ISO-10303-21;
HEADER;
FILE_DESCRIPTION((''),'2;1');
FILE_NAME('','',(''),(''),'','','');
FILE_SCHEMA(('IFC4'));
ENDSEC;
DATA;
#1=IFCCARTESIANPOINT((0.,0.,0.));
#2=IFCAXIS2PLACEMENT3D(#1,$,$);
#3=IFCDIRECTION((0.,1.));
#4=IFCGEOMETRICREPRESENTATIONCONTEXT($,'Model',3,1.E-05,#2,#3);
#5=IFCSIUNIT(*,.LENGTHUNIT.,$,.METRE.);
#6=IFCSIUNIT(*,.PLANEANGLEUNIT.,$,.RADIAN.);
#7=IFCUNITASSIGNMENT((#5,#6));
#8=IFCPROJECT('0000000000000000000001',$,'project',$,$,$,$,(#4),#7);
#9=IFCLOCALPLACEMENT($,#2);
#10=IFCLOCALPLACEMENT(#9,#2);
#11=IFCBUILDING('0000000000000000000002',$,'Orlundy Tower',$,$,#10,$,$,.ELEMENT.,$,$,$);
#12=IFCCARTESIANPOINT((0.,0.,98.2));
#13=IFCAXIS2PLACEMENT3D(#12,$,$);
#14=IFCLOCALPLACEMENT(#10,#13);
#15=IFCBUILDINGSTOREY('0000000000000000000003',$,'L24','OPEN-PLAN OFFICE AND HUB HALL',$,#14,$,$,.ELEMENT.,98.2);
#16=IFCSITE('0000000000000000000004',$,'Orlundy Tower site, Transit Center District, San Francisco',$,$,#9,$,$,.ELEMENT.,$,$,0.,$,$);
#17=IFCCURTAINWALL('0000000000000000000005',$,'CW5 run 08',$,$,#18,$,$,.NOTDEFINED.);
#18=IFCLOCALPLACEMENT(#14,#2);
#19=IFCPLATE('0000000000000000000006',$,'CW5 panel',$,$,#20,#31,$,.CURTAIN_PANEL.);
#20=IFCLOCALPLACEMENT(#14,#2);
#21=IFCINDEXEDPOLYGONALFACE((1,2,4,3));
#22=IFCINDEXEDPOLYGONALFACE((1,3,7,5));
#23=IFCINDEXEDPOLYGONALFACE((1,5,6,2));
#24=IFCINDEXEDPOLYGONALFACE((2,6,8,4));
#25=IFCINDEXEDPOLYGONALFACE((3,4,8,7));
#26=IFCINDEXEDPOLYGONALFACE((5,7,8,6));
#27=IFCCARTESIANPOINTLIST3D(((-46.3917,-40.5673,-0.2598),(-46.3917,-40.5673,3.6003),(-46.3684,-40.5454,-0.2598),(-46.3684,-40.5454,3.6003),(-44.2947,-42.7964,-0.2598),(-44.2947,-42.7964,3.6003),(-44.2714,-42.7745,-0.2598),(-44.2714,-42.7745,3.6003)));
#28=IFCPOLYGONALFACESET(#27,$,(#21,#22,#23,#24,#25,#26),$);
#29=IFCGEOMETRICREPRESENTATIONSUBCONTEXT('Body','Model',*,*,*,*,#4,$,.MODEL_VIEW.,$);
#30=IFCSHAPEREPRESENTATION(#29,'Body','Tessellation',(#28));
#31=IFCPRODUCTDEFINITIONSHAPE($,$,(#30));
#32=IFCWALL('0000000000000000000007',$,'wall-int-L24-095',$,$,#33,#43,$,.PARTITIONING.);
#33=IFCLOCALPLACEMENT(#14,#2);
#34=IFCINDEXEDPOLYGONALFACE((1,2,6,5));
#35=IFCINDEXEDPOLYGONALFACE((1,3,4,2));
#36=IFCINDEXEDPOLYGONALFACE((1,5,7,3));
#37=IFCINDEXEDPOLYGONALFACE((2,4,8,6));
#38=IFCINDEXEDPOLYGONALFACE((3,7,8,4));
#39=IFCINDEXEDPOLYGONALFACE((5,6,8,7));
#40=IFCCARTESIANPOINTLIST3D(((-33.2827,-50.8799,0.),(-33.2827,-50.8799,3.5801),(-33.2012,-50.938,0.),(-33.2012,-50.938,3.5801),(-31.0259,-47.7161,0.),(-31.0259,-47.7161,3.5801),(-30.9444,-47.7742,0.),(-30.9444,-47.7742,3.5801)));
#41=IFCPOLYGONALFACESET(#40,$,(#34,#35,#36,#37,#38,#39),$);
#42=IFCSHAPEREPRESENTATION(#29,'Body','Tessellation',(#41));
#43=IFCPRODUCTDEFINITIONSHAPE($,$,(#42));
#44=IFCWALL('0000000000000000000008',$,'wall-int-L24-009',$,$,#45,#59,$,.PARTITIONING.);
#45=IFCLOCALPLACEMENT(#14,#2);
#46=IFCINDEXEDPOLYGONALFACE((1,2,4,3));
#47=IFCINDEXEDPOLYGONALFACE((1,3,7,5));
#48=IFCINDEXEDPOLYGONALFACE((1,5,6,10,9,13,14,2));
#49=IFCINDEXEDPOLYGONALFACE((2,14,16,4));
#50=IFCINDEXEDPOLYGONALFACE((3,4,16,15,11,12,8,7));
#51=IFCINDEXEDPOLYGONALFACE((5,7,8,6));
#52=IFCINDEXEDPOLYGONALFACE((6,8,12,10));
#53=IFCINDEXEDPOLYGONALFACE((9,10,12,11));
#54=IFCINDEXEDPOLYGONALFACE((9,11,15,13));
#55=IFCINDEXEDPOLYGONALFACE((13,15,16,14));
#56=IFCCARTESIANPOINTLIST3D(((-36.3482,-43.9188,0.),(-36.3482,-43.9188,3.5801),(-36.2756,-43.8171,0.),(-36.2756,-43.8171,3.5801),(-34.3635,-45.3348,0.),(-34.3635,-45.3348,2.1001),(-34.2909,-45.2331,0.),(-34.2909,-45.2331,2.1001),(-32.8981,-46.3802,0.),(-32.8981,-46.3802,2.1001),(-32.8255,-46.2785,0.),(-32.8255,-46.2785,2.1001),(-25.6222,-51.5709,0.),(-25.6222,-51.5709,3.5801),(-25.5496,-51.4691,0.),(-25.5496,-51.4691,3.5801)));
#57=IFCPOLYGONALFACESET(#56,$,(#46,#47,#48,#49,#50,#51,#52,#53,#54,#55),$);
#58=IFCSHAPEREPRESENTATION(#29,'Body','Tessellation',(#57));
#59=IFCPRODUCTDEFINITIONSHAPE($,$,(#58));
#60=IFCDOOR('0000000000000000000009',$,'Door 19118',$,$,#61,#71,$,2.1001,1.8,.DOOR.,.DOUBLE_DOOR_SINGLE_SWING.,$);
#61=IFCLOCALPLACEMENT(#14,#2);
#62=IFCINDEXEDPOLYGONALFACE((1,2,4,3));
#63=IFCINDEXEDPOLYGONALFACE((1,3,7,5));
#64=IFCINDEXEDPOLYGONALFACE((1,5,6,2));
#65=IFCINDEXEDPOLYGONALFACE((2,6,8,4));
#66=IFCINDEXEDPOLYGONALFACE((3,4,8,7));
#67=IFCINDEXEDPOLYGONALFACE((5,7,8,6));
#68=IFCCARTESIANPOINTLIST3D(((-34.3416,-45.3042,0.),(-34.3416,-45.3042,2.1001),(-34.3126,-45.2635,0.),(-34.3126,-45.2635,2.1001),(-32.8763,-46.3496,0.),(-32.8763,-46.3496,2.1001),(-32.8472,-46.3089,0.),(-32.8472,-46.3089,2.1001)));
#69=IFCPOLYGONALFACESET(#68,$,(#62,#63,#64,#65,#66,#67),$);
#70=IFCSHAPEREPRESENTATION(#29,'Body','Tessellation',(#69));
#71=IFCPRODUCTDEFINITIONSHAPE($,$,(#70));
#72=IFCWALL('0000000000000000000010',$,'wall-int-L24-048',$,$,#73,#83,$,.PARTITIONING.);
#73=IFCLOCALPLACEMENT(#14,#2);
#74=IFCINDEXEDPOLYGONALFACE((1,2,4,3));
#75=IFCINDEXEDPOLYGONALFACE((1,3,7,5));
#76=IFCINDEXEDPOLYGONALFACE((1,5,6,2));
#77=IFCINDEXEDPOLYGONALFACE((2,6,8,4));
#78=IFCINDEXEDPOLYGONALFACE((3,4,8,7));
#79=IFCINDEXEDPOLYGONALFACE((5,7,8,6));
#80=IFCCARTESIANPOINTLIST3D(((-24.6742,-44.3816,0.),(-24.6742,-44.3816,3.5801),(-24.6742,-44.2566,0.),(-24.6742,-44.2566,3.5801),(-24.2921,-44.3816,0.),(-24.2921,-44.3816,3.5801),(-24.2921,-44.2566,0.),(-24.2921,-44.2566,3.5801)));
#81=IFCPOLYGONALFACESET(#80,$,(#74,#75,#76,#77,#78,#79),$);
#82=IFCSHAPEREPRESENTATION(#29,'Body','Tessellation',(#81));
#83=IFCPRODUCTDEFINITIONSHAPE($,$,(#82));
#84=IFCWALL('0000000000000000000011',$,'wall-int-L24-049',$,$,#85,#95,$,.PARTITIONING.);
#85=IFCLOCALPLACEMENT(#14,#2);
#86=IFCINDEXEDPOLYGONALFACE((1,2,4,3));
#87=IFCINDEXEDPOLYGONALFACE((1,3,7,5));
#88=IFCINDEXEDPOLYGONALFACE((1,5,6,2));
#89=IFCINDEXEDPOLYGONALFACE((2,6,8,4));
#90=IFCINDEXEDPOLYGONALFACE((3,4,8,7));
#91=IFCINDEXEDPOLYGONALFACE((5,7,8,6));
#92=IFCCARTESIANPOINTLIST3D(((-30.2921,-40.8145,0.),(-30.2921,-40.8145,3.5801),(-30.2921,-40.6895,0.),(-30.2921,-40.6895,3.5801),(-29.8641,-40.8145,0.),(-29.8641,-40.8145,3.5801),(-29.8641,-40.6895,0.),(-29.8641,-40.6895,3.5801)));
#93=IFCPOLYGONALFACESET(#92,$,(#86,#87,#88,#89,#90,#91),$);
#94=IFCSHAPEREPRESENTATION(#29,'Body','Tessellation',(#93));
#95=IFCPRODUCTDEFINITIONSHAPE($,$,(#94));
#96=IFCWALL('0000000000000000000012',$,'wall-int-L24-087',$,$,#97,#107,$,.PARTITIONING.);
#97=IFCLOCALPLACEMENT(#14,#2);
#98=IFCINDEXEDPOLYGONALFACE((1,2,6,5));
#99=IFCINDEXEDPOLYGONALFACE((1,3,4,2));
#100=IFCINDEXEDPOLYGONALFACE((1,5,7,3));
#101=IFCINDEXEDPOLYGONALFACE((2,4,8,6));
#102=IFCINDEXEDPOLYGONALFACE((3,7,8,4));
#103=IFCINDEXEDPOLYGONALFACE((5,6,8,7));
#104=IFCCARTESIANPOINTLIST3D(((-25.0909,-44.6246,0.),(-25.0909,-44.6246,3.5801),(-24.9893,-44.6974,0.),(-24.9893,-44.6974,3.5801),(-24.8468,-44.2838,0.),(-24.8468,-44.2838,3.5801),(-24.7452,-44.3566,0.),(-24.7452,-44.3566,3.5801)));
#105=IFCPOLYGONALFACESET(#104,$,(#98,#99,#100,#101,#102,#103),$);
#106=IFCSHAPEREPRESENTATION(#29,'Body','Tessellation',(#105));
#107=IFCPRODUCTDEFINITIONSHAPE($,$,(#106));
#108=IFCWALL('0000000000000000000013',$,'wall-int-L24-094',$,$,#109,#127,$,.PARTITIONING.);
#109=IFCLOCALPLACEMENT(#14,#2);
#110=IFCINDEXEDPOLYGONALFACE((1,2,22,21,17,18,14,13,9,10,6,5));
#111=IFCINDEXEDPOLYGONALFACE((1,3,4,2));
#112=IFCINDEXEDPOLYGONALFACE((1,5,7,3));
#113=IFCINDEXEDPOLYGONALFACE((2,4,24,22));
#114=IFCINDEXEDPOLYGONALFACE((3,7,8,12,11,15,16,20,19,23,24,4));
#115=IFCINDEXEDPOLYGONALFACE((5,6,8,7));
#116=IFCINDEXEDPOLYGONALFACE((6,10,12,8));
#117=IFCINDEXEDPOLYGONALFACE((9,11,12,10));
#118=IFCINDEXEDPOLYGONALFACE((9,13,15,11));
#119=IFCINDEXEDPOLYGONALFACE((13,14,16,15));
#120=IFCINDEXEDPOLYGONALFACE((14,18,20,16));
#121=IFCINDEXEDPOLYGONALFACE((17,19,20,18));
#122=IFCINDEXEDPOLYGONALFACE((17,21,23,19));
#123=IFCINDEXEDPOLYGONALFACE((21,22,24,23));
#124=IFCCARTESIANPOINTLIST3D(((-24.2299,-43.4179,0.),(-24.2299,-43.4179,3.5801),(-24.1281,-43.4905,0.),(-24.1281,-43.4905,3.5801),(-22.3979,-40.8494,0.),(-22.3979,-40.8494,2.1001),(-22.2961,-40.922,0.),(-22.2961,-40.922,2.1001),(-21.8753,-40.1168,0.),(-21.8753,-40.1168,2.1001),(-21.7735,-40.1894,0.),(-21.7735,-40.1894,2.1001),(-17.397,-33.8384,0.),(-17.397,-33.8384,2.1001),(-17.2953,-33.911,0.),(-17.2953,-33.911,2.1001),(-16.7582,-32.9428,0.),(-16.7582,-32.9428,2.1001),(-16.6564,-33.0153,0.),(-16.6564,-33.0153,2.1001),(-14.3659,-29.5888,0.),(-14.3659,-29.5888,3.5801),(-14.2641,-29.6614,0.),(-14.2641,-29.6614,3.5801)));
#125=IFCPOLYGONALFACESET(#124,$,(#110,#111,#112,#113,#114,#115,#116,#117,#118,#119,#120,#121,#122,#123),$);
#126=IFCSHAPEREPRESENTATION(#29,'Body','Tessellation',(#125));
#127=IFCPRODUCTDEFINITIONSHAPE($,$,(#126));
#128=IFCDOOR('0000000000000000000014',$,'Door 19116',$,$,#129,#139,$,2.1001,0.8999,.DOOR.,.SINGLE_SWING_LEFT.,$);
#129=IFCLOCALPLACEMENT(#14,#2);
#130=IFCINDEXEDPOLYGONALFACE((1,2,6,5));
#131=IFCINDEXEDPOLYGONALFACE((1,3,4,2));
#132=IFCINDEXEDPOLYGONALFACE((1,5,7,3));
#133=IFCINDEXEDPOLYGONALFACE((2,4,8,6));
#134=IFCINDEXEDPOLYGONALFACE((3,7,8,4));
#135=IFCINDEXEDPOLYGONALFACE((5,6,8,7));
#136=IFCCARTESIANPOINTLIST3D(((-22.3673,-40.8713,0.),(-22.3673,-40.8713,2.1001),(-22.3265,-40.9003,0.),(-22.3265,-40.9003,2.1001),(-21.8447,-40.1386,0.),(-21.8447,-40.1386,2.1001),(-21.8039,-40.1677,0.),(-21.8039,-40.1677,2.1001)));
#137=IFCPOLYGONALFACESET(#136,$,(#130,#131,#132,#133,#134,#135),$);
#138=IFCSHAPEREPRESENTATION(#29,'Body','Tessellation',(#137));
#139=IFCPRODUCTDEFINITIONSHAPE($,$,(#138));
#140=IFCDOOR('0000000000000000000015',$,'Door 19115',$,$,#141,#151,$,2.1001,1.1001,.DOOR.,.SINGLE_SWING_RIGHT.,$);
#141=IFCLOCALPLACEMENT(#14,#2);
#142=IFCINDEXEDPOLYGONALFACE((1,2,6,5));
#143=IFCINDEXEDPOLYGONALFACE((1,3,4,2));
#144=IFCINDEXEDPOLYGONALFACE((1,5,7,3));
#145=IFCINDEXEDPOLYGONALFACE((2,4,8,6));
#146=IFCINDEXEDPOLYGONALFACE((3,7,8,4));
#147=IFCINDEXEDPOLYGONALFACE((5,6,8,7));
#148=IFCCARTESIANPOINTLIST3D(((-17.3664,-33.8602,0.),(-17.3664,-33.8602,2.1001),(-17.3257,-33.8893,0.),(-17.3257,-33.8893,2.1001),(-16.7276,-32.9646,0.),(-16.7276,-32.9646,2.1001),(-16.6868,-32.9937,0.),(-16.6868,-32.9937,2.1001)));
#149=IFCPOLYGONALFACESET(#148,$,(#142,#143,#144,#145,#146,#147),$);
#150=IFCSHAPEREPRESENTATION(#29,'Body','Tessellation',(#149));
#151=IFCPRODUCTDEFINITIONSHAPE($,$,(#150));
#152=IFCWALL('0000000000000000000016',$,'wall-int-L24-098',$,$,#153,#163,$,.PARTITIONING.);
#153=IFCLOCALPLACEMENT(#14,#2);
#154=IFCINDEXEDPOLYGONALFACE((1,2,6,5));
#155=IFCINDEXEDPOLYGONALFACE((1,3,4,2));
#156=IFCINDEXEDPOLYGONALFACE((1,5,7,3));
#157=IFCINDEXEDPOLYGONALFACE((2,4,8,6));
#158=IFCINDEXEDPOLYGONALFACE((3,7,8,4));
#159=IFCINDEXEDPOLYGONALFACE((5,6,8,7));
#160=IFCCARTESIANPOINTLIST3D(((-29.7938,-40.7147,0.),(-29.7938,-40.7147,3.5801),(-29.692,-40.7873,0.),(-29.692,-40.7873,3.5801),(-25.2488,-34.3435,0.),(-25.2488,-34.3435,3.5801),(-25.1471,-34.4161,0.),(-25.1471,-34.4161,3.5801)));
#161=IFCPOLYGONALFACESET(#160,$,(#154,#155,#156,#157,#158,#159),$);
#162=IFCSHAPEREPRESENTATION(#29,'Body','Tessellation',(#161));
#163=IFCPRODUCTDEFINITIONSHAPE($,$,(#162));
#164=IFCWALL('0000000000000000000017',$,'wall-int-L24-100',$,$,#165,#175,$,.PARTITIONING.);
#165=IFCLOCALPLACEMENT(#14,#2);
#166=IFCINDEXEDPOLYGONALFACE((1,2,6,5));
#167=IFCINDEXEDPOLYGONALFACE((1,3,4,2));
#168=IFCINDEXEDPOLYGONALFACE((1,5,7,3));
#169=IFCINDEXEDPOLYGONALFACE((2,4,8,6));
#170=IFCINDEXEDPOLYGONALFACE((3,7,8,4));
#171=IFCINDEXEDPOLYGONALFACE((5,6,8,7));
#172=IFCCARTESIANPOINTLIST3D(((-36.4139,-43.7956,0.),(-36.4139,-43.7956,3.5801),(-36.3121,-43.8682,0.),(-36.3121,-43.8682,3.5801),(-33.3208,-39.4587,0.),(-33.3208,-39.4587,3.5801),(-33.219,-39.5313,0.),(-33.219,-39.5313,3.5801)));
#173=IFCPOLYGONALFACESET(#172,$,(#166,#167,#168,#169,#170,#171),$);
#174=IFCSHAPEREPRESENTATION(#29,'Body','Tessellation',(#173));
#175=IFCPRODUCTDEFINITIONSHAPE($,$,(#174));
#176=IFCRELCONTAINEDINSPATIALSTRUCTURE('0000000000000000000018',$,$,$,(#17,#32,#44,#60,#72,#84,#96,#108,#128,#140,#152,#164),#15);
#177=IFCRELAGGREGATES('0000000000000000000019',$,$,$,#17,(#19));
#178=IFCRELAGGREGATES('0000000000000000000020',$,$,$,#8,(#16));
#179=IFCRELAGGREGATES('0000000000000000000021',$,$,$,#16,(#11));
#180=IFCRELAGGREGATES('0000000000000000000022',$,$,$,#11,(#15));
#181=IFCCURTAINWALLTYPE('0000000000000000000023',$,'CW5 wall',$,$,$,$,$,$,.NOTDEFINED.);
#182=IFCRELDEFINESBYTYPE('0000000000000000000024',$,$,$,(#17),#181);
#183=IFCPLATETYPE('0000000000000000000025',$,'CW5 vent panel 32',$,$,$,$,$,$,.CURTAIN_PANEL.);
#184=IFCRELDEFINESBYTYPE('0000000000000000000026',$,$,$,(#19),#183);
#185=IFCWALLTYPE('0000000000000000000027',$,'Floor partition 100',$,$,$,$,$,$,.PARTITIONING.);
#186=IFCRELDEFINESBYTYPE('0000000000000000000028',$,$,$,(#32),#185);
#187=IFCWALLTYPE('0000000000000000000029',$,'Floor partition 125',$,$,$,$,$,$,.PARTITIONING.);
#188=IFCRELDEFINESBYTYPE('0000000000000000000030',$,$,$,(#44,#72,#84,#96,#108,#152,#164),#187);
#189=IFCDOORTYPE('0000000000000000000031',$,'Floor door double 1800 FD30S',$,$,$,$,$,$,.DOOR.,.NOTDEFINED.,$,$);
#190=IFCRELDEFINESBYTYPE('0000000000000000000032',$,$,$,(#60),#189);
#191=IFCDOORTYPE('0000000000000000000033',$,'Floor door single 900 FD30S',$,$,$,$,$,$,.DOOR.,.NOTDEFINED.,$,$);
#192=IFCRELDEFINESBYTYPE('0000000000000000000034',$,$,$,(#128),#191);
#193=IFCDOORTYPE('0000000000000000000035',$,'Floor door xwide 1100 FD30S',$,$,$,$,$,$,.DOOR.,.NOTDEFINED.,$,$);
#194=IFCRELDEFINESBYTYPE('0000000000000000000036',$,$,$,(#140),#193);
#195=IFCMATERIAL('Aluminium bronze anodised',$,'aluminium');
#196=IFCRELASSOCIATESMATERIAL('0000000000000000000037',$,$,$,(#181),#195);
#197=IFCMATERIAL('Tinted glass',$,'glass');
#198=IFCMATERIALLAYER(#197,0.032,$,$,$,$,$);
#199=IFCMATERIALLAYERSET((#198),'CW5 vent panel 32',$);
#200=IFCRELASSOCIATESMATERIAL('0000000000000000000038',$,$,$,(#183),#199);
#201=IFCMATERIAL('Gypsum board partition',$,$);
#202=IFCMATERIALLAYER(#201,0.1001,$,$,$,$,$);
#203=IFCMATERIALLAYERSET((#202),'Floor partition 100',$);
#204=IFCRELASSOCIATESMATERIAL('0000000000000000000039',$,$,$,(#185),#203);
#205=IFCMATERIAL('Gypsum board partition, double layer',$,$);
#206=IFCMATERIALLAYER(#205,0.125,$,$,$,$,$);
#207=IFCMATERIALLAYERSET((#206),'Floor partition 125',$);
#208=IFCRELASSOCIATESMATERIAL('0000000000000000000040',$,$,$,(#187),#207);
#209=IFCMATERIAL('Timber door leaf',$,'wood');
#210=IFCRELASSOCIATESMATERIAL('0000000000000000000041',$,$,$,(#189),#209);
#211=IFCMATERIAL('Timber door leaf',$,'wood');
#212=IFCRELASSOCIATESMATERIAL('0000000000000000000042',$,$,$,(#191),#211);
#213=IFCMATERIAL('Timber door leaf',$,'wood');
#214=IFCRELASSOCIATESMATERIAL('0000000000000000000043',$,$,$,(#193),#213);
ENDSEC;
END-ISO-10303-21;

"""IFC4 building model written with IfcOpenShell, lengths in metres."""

from ifc_helpers import new_model, si_unit, direction, frame, frame_2d, origin, origin_2d, place, context, subcontext, project, spatial, rectangle, extrude, material, layer, layer_set, type_object, element, fill, aggregate, save


model = new_model("IFC4")

# Units and contexts
model_context = context("Model", 3, precision=1e-05, world=origin(), true_north=direction((0.0, 1.0)))
body_context = subcontext(model_context, "Body", "Model", "MODEL_VIEW")
ifc_project = project(units=[si_unit("LENGTHUNIT", "METRE"), si_unit("PLANEANGLEUNIT", "RADIAN")], contexts=[model_context])

# Site, building, storey
site_placement = place(None, origin())
site = spatial("IfcSite", under=ifc_project, at=site_placement, Name="Orlundy Tower site, Transit Center District, San Francisco", CompositionType="ELEMENT", RefElevation=0.0)
building_placement = place(site_placement, origin())
building = spatial("IfcBuilding", under=site, at=building_placement, Name="Orlundy Tower", CompositionType="ELEMENT")
storey_placement = place(building_placement, frame((0.0, 0.0, 98.2)))
storey = spatial("IfcBuildingStorey", under=building, at=storey_placement, Name="L24", Description="OPEN-PLAN OFFICE AND HUB HALL", CompositionType="ELEMENT", Elevation=98.2)

# Shared definitions
ifc_material_1 = material(Name="Aluminium bronze anodised", Category="aluminium")
curtain_wall_type = type_object("IfcCurtainWallType", Name="CW5 wall", PredefinedType="NOTDEFINED", material=ifc_material_1)

# Curtain wall
curtain_wall_1_placement = place(storey_placement, origin())
curtain_wall_1 = element("IfcCurtainWall", 1, at=curtain_wall_1_placement, inside=storey, type_object=curtain_wall_type, Name="CW5 run 08", PredefinedType="NOTDEFINED")

# Plate
ifc_material_2 = material(Name="Tinted glass", Category="glass")
ifc_layer_1 = layer(ifc_material_2, 0.032)
ifc_layer_set_1 = layer_set([ifc_layer_1], Name="CW5 vent panel 32")
plate_type_1 = type_object("IfcPlateType", Name="CW5 vent panel 32", PredefinedType="CURTAIN_PANEL", material=ifc_layer_set_1)
plate_1_placement = place(storey_placement, frame((-45.3315, -41.6709, -0.2598), z_axis=(0.0, 0.0, 1.0), x_axis=(-0.685196, 0.728358, 0.0)))
plate_1 = element("IfcPlate", 2, at=plate_1_placement, type_object=plate_type_1, Name="CW5 panel", PredefinedType="CURTAIN_PANEL", context=body_context, shape_type="SweptSolid", body=[
    extrude(rectangle(XDim=3.0605, YDim=0.032, at=origin_2d()), origin(), (0.0, 0.0, 1.0), 3.8601),
])
aggregate(curtain_wall_1, [plate_1])

# Wall
ifc_material_3 = material(Name="Gypsum board partition")
ifc_layer_2 = layer(ifc_material_3, 0.1001)
ifc_layer_set_2 = layer_set([ifc_layer_2], Name="Floor partition 100")
wall_type_1 = type_object("IfcWallType", Name="Floor partition 100", PredefinedType="PARTITIONING", material=ifc_layer_set_2)
wall_1_placement = place(storey_placement, frame((-33.2419, -50.9089, 0.0), z_axis=(0.0, 0.0, 1.0), x_axis=(0.580721, 0.814103, 0.0)))
element("IfcWall", 3, at=wall_1_placement, inside=storey, type_object=wall_type_1, Name="wall-int-L24-095", PredefinedType="PARTITIONING", context=body_context, shape_type="SweptSolid", body=[
    extrude(rectangle(XDim=3.8862, YDim=0.1001, at=frame_2d((1.9431, 0.0))), origin(), (0.0, 0.0, 1.0), 3.5801),
])

# Wall, opening, door
ifc_material_4 = material(Name="Gypsum board partition, double layer")
ifc_layer_3 = layer(ifc_material_4, 0.125)
ifc_layer_set_3 = layer_set([ifc_layer_3], Name="Floor partition 125")
wall_type_2 = type_object("IfcWallType", Name="Floor partition 125", PredefinedType="PARTITIONING", material=ifc_layer_set_3)
wall_2_placement = place(storey_placement, frame((-25.5859, -51.52, 0.0), z_axis=(0.0, 0.0, 1.0), x_axis=(-0.81407, 0.580767, 0.0)))
wall_2 = element("IfcWall", 4, at=wall_2_placement, inside=storey, type_object=wall_type_2, Name="wall-int-L24-009", PredefinedType="PARTITIONING", context=body_context, shape_type="SweptSolid", body=[
    extrude(rectangle(XDim=13.1758, YDim=0.125, at=frame_2d((6.5879, 0.0))), origin(), (0.0, 0.0, 1.0), 3.5801),
])
opening_1_placement = place(wall_2_placement, frame((8.9377, 0.0, 0.0)))
opening_1 = element("IfcOpeningElement", 5, at=opening_1_placement, cuts=wall_2, PredefinedType="OPENING", context=body_context, shape_type="SweptSolid", body=[
    extrude(rectangle(XDim=1.8, YDim=2.1001, at=frame_2d((0.8999, 1.05))), frame((0.0, 0.0725, 0.0), z_axis=(0.0, -1.0, 0.0), x_axis=(1.0, 0.0, 0.0)), (0.0, 0.0, 1.0), 0.145),
])
ifc_material_5 = material(Name="Timber door leaf", Category="wood")
door_type_1 = type_object("IfcDoorType", Name="Floor door double 1800 FD30S", OperationType="NOTDEFINED", PredefinedType="DOOR", material=ifc_material_5)
door_1_placement = place(opening_1_placement, origin())
door_1 = element("IfcDoor", 6, at=door_1_placement, inside=storey, type_object=door_type_1, Name="Door 19118", OperationType="DOUBLE_DOOR_SINGLE_SWING", OverallHeight=2.1001, OverallWidth=1.8, PredefinedType="DOOR", context=body_context, shape_type="SweptSolid", body=[
    extrude(rectangle(XDim=1.8, YDim=2.1001, at=frame_2d((0.8999, 1.05))), frame((0.0, 0.0249, 0.0), z_axis=(0.0, -1.0, 0.0), x_axis=(1.0, 0.0, 0.0)), (0.0, 0.0, 1.0), 0.05),
])
fill(opening_1, door_1)

# Walls
wall_3_placement = place(storey_placement, frame((-24.6741, -44.3191, 0.0), z_axis=(0.0, 0.0, 1.0), x_axis=(1.0, 0.0, 0.0)))
element("IfcWall", 7, at=wall_3_placement, inside=storey, type_object=wall_type_2, Name="wall-int-L24-048", PredefinedType="PARTITIONING", context=body_context, shape_type="SweptSolid", body=[
    extrude(rectangle(XDim=0.3821, YDim=0.125, at=frame_2d((0.1909, 0.0))), origin(), (0.0, 0.0, 1.0), 3.5801),
])
wall_4_placement = place(storey_placement, frame((-30.292, -40.752, 0.0), z_axis=(0.0, 0.0, 1.0), x_axis=(1.0, 0.0, 0.0)))
element("IfcWall", 8, at=wall_4_placement, inside=storey, type_object=wall_type_2, Name="wall-int-L24-049", PredefinedType="PARTITIONING", context=body_context, shape_type="SweptSolid", body=[
    extrude(rectangle(XDim=0.428, YDim=0.125, at=frame_2d((0.2139, 0.0))), origin(), (0.0, 0.0, 1.0), 3.5801),
])
wall_5_placement = place(storey_placement, frame((-25.04, -44.6609, 0.0), z_axis=(0.0, 0.0, 1.0), x_axis=(0.582339, 0.812946, 0.0)))
element("IfcWall", 9, at=wall_5_placement, inside=storey, type_object=wall_type_2, Name="wall-int-L24-087", PredefinedType="PARTITIONING", context=body_context, shape_type="SweptSolid", body=[
    extrude(rectangle(XDim=0.4192, YDim=0.125, at=frame_2d((0.2095, 0.0))), origin(), (0.0, 0.0, 1.0), 3.5801),
])

# Wall, openings, doors
wall_6_placement = place(storey_placement, frame((-24.179, -43.4541, 0.0), z_axis=(0.0, 0.0, 1.0), x_axis=(0.580696, 0.814121, 0.0)))
wall_6 = element("IfcWall", 10, at=wall_6_placement, inside=storey, type_object=wall_type_2, Name="wall-int-L24-094", PredefinedType="PARTITIONING", context=body_context, shape_type="SweptSolid", body=[
    extrude(rectangle(XDim=16.9866, YDim=0.125, at=frame_2d((8.4932, 0.0))), origin(), (0.0, 0.0, 1.0), 3.5801),
])
opening_2_placement = place(wall_6_placement, frame((11.7666, 0.0, 0.0)))
opening_2 = element("IfcOpeningElement", 11, at=opening_2_placement, cuts=wall_6, PredefinedType="OPENING", context=body_context, shape_type="SweptSolid", body=[
    extrude(rectangle(XDim=1.1001, YDim=2.1001, at=frame_2d((0.55, 1.05))), frame((0.0, 0.0725, 0.0), z_axis=(0.0, -1.0, 0.0), x_axis=(1.0, 0.0, 0.0)), (0.0, 0.0, 1.0), 0.145),
])
opening_3_placement = place(wall_6_placement, frame((3.1548, 0.0, 0.0)))
opening_3 = element("IfcOpeningElement", 12, at=opening_3_placement, cuts=wall_6, PredefinedType="OPENING", context=body_context, shape_type="SweptSolid", body=[
    extrude(rectangle(XDim=0.8999, YDim=2.1001, at=frame_2d((0.45, 1.05))), frame((0.0, 0.0725, 0.0), z_axis=(0.0, -1.0, 0.0), x_axis=(1.0, 0.0, 0.0)), (0.0, 0.0, 1.0), 0.145),
])
ifc_material_6 = material(Name="Timber door leaf", Category="wood")
door_type_2 = type_object("IfcDoorType", Name="Floor door single 900 FD30S", OperationType="NOTDEFINED", PredefinedType="DOOR", material=ifc_material_6)
door_2_placement = place(opening_3_placement, origin())
door_2 = element("IfcDoor", 13, at=door_2_placement, inside=storey, type_object=door_type_2, Name="Door 19116", OperationType="SINGLE_SWING_LEFT", OverallHeight=2.1001, OverallWidth=0.8999, PredefinedType="DOOR", context=body_context, shape_type="SweptSolid", body=[
    extrude(rectangle(XDim=0.8999, YDim=2.1001, at=frame_2d((0.45, 1.05))), frame((0.0, 0.0249, 0.0), z_axis=(0.0, -1.0, 0.0), x_axis=(1.0, 0.0, 0.0)), (0.0, 0.0, 1.0), 0.05),
])
fill(opening_3, door_2)
ifc_material_7 = material(Name="Timber door leaf", Category="wood")
door_type_3 = type_object("IfcDoorType", Name="Floor door xwide 1100 FD30S", OperationType="NOTDEFINED", PredefinedType="DOOR", material=ifc_material_7)
door_3_placement = place(opening_2_placement, origin())
door_3 = element("IfcDoor", 14, at=door_3_placement, inside=storey, type_object=door_type_3, Name="Door 19115", OperationType="SINGLE_SWING_RIGHT", OverallHeight=2.1001, OverallWidth=1.1001, PredefinedType="DOOR", context=body_context, shape_type="SweptSolid", body=[
    extrude(rectangle(XDim=1.1001, YDim=2.1001, at=frame_2d((0.55, 1.05))), frame((0.0, 0.0249, 0.0), z_axis=(0.0, -1.0, 0.0), x_axis=(1.0, 0.0, 0.0)), (0.0, 0.0, 1.0), 0.05),
])
fill(opening_2, door_3)

# Walls
wall_7_placement = place(storey_placement, frame((-29.7429, -40.751, 0.0), z_axis=(0.0, 0.0, 1.0), x_axis=(0.580742, 0.814087, 0.0)))
element("IfcWall", 15, at=wall_7_placement, inside=storey, type_object=wall_type_2, Name="wall-int-L24-098", PredefinedType="PARTITIONING", context=body_context, shape_type="SweptSolid", body=[
    extrude(rectangle(XDim=7.8262, YDim=0.125, at=frame_2d((3.9131, 0.0))), origin(), (0.0, 0.0, 1.0), 3.5801),
])
wall_8_placement = place(storey_placement, frame((-36.363, -43.832, 0.0), z_axis=(0.0, 0.0, 1.0), x_axis=(0.580644, 0.814158, 0.0)))
element("IfcWall", 16, at=wall_8_placement, inside=storey, type_object=wall_type_2, Name="wall-int-L24-100", PredefinedType="PARTITIONING", context=body_context, shape_type="SweptSolid", body=[
    extrude(rectangle(XDim=5.3269, YDim=0.125, at=frame_2d((2.6636, 0.0))), origin(), (0.0, 0.0, 1.0), 3.5801),
])

save(model, "model.ifc")
